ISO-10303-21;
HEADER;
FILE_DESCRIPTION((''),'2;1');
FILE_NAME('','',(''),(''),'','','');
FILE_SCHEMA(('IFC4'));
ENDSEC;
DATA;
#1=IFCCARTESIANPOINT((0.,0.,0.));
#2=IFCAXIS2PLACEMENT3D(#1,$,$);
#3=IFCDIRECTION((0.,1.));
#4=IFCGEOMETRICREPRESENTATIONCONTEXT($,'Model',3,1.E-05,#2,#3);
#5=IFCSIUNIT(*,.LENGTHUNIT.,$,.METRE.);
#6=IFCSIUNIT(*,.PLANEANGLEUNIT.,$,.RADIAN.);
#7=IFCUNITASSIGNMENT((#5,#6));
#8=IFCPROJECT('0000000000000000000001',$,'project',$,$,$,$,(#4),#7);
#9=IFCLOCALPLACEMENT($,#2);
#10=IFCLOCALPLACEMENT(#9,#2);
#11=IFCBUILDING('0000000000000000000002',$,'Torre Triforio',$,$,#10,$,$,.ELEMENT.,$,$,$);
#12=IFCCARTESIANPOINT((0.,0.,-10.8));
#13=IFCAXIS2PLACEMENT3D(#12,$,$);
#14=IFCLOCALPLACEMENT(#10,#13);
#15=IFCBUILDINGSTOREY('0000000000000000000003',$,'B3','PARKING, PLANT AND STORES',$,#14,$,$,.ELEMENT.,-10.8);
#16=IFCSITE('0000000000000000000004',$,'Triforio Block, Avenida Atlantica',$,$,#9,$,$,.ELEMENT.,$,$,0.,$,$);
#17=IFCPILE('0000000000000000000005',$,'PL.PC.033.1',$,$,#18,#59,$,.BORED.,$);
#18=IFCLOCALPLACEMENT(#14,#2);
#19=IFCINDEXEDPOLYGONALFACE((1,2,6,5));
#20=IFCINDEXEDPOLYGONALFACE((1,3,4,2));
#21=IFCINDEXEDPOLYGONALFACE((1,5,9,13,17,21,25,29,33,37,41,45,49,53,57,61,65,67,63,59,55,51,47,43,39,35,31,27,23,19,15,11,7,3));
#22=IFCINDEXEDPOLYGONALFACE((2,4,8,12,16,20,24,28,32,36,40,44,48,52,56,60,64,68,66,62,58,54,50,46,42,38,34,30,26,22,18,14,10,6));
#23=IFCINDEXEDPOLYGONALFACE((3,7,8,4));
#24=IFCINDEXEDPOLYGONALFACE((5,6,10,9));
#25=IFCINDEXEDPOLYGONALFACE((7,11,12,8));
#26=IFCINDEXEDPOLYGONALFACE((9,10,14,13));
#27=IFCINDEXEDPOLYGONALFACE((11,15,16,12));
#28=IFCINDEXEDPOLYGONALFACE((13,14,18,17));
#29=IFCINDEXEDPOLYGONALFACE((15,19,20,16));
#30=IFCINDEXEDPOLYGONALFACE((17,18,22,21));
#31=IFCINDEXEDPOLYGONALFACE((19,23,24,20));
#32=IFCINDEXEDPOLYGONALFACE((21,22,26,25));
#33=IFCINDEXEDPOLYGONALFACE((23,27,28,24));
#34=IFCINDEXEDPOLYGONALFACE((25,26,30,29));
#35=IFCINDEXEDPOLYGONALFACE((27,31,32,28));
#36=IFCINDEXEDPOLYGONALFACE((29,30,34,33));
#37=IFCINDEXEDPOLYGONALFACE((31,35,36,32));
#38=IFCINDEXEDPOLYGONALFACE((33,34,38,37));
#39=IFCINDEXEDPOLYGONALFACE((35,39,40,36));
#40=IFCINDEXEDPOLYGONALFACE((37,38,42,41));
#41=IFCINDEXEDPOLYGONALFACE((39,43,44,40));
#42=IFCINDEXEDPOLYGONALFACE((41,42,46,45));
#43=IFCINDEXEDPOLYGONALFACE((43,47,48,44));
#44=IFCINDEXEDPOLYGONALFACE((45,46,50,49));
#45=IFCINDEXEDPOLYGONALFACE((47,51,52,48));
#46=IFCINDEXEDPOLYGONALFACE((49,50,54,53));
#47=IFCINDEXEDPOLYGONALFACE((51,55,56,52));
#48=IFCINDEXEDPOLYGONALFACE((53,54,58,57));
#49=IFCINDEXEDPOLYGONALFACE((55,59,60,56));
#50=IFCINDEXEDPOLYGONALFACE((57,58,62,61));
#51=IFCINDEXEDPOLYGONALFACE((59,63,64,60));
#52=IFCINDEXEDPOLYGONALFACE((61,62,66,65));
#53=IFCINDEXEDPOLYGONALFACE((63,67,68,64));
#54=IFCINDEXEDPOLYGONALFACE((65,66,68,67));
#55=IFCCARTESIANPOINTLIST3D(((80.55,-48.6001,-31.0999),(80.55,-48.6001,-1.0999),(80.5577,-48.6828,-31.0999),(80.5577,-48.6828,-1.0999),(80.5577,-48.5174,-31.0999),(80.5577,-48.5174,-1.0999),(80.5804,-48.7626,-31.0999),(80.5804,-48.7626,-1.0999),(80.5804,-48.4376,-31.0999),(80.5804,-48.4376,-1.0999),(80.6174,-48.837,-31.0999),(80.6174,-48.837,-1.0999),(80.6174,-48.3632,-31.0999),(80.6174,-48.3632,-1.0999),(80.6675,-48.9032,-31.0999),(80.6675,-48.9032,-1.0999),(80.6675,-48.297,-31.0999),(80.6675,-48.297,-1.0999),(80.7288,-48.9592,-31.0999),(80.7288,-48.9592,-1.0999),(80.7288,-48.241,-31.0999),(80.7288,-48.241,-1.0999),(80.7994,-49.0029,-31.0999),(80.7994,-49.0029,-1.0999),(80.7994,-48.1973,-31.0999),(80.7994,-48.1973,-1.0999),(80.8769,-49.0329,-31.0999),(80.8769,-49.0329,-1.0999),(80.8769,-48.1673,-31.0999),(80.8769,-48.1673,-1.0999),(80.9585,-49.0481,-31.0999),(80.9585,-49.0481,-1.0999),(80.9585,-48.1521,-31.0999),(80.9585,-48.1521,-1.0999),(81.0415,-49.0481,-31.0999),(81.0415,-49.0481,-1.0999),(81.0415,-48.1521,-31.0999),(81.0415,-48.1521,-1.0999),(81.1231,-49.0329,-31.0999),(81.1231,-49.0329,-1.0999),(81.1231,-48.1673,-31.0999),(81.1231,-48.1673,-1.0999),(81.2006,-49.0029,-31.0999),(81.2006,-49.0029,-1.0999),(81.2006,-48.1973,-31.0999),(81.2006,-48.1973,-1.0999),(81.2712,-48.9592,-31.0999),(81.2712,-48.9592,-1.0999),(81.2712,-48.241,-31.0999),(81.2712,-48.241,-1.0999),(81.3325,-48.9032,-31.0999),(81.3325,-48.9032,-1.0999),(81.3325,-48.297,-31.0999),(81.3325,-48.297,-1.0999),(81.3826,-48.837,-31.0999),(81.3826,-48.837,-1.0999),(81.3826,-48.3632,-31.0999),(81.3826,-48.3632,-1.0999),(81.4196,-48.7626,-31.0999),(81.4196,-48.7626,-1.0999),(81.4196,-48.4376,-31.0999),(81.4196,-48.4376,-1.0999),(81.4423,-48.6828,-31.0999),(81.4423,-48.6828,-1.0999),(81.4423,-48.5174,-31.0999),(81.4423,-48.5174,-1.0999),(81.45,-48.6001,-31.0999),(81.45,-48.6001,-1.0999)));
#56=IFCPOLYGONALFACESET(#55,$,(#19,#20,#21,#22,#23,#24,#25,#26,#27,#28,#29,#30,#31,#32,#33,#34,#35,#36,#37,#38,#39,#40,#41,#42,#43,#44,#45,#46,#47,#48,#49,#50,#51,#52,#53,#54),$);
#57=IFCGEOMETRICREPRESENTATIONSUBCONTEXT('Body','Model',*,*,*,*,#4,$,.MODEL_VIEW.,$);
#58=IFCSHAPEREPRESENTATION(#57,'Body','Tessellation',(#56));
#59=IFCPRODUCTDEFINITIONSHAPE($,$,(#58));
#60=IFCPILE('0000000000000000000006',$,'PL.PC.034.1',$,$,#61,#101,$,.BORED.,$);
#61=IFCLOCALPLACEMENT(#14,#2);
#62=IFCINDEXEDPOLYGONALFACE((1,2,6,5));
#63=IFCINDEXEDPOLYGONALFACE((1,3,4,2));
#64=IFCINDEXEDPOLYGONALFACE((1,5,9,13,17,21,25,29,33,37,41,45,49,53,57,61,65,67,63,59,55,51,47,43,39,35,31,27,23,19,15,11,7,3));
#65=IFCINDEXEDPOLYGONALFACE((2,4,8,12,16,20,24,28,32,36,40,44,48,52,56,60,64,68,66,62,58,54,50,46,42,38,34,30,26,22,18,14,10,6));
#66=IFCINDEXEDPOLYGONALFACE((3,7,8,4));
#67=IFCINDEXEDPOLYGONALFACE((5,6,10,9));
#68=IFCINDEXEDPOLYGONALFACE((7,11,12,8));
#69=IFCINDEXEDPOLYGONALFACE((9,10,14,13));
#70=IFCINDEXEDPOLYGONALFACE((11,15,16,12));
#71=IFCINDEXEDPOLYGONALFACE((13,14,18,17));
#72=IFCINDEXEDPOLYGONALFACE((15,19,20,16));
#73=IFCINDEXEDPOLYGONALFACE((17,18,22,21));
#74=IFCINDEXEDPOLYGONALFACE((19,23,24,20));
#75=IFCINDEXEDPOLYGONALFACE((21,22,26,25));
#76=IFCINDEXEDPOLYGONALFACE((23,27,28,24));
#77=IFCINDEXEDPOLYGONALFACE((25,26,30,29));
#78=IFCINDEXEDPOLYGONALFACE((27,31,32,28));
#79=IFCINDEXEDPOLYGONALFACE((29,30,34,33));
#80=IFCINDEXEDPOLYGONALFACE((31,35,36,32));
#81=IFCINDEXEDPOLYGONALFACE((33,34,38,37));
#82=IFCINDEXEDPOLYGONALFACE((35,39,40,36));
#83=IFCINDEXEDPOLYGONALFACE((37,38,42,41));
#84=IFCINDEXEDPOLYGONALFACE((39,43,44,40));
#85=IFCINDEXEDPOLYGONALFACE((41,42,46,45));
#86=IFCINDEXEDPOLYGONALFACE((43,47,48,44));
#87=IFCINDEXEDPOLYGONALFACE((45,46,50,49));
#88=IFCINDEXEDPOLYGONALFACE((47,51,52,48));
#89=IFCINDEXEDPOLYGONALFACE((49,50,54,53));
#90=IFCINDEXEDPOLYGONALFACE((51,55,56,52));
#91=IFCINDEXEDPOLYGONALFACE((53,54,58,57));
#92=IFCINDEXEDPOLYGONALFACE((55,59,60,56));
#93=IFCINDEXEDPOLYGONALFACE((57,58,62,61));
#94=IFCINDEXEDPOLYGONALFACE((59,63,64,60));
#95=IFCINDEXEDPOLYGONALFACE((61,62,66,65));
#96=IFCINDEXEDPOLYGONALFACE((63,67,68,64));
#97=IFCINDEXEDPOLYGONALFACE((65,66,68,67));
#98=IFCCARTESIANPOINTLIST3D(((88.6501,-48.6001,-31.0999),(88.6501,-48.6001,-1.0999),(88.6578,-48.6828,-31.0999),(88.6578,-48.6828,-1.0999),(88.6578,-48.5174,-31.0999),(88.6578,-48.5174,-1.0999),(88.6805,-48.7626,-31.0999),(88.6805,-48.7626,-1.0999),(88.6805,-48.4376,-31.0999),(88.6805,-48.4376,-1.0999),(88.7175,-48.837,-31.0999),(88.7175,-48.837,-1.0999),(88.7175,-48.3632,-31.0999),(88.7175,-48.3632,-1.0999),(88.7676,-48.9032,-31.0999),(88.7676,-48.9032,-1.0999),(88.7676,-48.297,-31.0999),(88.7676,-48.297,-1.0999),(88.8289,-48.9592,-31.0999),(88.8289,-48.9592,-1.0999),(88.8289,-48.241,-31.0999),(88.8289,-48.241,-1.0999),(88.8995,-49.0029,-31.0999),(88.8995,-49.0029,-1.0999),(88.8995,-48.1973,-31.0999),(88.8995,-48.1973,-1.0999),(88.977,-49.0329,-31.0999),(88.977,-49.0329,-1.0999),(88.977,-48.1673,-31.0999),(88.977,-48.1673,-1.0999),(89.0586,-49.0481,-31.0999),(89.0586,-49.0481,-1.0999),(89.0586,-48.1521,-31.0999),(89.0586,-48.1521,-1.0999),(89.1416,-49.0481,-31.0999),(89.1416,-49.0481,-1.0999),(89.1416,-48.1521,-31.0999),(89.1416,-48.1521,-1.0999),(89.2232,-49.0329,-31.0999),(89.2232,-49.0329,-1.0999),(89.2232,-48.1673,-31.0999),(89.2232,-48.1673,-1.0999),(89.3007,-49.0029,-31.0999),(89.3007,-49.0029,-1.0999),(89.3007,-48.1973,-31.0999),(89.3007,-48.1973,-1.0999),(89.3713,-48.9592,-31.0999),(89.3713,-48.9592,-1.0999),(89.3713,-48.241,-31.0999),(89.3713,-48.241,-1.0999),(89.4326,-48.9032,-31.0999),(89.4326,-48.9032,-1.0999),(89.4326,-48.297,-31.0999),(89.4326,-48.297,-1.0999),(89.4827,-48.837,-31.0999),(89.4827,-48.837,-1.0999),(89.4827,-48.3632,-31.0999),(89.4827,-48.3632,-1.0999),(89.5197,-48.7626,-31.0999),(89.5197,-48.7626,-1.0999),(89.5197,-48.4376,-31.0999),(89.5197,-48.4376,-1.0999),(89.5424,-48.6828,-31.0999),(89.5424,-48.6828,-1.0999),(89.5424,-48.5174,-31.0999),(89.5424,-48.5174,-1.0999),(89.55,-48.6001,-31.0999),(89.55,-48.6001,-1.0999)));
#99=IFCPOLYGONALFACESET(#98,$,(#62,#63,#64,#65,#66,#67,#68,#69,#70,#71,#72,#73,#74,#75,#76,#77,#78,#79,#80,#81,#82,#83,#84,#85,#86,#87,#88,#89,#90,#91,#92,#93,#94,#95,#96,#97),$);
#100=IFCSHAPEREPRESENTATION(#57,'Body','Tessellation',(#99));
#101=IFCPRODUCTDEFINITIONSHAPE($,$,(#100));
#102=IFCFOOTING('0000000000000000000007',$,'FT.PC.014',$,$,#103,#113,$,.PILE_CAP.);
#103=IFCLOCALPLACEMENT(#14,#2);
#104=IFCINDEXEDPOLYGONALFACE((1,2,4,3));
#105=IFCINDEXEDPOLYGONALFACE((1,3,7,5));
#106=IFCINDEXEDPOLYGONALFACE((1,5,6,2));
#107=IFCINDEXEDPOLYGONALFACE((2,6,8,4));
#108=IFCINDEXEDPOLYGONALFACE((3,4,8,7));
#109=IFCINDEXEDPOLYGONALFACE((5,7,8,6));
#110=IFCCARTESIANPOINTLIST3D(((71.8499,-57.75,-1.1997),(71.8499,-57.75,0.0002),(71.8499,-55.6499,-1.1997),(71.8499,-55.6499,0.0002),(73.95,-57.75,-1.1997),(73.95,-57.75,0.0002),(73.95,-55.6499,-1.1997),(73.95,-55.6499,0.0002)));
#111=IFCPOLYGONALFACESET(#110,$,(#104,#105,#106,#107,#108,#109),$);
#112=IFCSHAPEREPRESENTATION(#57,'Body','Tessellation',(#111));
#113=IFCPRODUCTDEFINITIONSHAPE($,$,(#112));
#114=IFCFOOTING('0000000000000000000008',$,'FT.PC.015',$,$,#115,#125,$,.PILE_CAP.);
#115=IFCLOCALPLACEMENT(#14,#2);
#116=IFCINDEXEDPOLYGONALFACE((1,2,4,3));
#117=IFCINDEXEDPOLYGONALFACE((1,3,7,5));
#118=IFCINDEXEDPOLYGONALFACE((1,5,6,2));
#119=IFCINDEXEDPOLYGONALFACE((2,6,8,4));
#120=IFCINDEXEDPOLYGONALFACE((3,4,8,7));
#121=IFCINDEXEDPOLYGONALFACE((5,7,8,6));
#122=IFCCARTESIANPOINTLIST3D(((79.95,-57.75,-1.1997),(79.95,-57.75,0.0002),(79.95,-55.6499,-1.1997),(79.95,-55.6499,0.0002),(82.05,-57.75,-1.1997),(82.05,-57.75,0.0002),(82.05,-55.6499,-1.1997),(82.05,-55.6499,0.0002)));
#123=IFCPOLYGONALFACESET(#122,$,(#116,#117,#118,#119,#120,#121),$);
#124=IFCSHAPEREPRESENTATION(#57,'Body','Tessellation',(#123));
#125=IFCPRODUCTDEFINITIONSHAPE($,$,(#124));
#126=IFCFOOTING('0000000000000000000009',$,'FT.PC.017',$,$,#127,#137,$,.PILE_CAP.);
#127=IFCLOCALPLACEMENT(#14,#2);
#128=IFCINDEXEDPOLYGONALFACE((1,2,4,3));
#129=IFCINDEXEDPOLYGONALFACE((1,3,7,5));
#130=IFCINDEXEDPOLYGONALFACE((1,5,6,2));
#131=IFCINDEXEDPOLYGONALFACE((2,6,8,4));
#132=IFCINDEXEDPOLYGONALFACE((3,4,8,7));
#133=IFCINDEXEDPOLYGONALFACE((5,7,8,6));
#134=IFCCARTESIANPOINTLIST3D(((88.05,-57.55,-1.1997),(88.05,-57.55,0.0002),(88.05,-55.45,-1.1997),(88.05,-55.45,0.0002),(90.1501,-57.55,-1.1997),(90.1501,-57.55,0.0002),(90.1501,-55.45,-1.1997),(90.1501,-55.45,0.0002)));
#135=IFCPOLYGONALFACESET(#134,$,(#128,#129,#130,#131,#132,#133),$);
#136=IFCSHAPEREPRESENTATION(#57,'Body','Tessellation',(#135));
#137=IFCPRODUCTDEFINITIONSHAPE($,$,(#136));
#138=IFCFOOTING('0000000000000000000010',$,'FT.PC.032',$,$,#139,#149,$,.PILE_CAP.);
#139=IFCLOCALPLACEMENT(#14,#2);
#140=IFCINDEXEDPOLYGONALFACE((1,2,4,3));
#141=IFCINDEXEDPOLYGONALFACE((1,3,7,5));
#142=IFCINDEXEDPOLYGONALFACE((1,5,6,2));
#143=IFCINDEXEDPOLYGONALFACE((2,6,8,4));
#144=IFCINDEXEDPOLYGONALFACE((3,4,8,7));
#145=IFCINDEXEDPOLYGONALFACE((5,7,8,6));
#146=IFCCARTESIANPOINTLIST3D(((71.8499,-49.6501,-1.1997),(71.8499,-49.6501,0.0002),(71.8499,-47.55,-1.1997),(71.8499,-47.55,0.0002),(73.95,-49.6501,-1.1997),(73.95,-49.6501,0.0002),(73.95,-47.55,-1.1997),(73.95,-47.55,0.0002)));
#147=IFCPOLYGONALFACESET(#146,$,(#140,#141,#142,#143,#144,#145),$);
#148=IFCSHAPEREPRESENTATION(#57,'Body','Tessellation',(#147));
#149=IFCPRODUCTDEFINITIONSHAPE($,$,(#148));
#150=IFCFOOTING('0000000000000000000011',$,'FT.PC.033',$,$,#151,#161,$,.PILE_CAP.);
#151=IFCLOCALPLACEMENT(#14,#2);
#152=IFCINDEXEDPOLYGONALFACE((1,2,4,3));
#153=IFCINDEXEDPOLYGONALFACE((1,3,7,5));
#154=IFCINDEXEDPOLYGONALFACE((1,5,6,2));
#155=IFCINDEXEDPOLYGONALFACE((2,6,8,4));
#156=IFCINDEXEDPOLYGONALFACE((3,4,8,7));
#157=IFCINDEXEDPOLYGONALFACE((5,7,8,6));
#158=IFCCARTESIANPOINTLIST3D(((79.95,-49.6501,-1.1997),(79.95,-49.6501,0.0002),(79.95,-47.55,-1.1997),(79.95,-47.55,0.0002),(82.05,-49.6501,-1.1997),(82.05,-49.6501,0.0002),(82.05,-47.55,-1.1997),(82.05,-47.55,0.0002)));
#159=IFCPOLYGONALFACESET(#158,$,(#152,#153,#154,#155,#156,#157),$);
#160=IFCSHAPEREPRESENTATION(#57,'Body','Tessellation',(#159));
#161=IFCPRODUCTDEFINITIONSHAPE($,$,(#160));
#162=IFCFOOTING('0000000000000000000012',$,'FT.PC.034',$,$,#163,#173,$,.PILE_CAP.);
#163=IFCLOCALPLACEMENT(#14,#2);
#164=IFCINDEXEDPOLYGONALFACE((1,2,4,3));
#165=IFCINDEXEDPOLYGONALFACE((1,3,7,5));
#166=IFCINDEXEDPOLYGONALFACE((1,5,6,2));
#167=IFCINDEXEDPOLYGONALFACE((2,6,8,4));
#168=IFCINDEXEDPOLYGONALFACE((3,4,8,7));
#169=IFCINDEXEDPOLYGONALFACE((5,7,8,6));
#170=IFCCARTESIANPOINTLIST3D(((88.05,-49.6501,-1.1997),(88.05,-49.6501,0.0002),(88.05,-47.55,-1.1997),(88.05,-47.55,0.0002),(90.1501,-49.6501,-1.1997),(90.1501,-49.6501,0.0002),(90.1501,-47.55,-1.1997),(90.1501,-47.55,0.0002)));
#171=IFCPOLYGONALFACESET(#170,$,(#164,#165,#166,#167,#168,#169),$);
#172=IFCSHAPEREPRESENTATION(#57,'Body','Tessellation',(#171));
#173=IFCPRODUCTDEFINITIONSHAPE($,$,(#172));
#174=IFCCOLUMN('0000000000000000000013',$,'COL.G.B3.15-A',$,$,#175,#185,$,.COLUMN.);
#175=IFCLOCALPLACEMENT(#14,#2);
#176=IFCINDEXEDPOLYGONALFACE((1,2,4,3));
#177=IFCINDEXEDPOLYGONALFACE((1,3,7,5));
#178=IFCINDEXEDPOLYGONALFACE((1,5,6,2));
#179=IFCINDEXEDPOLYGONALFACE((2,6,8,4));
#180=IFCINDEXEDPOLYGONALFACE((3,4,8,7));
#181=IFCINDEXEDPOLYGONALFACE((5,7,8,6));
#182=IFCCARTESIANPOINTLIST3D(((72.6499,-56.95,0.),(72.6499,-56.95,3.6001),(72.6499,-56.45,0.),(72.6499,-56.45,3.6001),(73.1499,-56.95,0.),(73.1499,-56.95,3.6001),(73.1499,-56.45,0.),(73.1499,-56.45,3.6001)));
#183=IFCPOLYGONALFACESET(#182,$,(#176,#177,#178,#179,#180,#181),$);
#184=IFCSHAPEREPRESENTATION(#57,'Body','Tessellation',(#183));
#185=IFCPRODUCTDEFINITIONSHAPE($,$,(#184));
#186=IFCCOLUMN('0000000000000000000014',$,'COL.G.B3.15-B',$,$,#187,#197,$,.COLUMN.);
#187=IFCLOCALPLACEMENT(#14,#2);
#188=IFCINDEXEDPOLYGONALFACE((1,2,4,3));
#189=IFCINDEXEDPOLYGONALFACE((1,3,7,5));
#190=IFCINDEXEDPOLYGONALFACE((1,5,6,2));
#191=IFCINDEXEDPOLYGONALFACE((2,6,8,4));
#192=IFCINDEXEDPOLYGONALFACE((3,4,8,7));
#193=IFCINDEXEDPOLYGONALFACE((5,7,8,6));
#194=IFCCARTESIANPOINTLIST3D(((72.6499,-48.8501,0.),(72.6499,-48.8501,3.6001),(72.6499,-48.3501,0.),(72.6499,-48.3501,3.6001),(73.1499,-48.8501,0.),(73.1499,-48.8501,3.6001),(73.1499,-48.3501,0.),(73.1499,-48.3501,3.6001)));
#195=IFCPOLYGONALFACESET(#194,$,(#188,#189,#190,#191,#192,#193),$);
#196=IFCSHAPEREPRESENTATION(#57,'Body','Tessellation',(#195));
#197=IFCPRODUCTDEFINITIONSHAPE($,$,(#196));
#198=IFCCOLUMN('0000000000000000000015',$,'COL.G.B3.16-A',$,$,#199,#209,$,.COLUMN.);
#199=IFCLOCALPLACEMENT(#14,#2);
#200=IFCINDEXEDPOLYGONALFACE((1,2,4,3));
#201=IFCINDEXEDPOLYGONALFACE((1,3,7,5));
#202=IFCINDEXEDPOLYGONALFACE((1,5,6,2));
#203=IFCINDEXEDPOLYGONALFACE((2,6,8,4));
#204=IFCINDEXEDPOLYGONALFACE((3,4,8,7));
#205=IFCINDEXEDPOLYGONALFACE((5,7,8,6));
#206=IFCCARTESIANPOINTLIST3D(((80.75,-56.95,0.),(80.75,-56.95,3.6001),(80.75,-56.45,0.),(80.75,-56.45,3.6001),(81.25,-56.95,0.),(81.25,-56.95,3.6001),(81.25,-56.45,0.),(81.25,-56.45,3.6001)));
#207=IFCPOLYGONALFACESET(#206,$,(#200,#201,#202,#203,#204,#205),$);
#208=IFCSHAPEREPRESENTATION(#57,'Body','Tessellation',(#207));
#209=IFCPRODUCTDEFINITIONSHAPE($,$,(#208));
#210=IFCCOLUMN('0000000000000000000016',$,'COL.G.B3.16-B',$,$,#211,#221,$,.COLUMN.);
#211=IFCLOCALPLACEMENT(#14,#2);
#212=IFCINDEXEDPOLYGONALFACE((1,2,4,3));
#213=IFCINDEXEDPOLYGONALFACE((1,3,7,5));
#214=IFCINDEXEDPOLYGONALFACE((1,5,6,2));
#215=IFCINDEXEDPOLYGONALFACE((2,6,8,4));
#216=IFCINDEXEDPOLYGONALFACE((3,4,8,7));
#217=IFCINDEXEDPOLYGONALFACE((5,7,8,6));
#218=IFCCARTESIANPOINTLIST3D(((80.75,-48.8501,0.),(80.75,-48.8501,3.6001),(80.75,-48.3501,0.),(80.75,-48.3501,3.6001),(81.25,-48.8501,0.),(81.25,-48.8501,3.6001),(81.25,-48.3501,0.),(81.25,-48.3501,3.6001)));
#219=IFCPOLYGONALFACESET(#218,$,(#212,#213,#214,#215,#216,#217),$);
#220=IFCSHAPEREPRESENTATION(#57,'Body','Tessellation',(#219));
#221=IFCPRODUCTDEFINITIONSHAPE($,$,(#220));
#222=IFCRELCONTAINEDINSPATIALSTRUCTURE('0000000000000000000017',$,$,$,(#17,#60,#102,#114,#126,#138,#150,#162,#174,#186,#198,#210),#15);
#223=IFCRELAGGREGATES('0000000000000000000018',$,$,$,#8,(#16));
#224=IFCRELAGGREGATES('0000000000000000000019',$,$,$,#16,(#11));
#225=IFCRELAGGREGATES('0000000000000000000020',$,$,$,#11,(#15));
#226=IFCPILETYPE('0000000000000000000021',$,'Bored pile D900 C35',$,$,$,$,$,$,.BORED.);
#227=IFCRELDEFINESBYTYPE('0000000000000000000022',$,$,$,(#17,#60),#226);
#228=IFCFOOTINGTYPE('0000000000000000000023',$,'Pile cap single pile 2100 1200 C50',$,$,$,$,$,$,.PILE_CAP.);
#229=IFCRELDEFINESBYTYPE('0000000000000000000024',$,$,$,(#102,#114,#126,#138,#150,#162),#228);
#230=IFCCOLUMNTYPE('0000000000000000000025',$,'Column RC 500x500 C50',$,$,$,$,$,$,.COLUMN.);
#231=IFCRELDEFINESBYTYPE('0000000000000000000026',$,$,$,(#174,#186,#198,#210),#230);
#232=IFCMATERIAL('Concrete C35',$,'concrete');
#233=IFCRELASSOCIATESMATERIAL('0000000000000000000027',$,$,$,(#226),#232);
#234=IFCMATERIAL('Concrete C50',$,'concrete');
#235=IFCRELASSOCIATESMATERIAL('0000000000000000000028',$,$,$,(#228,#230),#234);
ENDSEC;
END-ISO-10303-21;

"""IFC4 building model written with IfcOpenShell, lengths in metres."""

from ifc_helpers import new_model, si_unit, direction, frame, origin, origin_2d, place, context, subcontext, project, spatial, rectangle, circle, extrude, material, material_profile, profile_set, type_object, element, save


model = new_model("IFC4")

# Units and contexts
model_context = context("Model", 3, precision=1e-05, world=origin(), true_north=direction((0.0, 1.0)))
body_context = subcontext(model_context, "Body", "Model", "MODEL_VIEW")
ifc_project = project(units=[si_unit("LENGTHUNIT", "METRE"), si_unit("PLANEANGLEUNIT", "RADIAN")], contexts=[model_context])

# Site, building, storey
site_placement = place(None, origin())
site = spatial("IfcSite", under=ifc_project, at=site_placement, Name="Triforio Block, Avenida Atlantica", CompositionType="ELEMENT", RefElevation=0.0)
building_placement = place(site_placement, origin())
building = spatial("IfcBuilding", under=site, at=building_placement, Name="Torre Triforio", CompositionType="ELEMENT")
storey_placement = place(building_placement, frame((0.0, 0.0, -10.8)))
storey = spatial("IfcBuildingStorey", under=building, at=storey_placement, Name="B3", Description="PARKING, PLANT AND STORES", CompositionType="ELEMENT", Elevation=-10.8)

# Piles
ifc_material_1 = material(Name="Concrete C35", Category="concrete")
ifc_material_profile_1 = material_profile(ifc_material_1, circle(Radius=0.45, at=origin_2d()), Name="RC D900")
ifc_profile_set_1 = profile_set([ifc_material_profile_1], Name="Concrete C35")
pile_type = type_object("IfcPileType", Name="Bored pile D900 C35", PredefinedType="BORED", material=ifc_profile_set_1)
for number, where, z_axis, x_axis, name in (
    (1, (81.0, -48.6001, -1.0999), (0.0, 0.0, -1.0), (1.0, 0.0, 0.0), "PL.PC.033.1"),
    (2, (89.1001, -48.6001, -1.0999), (0.0, 0.0, -1.0), (1.0, 0.0, 0.0), "PL.PC.034.1"),
):
    element("IfcPile", number, at=place(storey_placement, frame(where, z_axis=z_axis, x_axis=x_axis)), inside=storey, type_object=pile_type, Name=name, PredefinedType="BORED", context=body_context, shape_type="SweptSolid", body=[
        extrude(circle(Radius=0.45, at=origin_2d()), origin(), (0.0, 0.0, 1.0), 30.0),
    ])

# Footings
ifc_material_2 = material(Name="Concrete C50", Category="concrete")
footing_type = type_object("IfcFootingType", Name="Pile cap single pile 2100 1200 C50", PredefinedType="PILE_CAP", material=ifc_material_2)
for number, where, z_axis, x_axis, name in (
    (3, (72.8999, -56.7, -1.1997), (0.0, 0.0, 1.0), (1.0, 0.0, 0.0), "FT.PC.014"),
    (4, (81.0, -56.7, -1.1997), (0.0, 0.0, 1.0), (1.0, 0.0, 0.0), "FT.PC.015"),
    (5, (89.1001, -56.5, -1.1997), (0.0, 0.0, 1.0), (1.0, 0.0, 0.0), "FT.PC.017"),
    (6, (72.8999, -48.6001, -1.1997), (0.0, 0.0, 1.0), (1.0, 0.0, 0.0), "FT.PC.032"),
    (7, (81.0, -48.6001, -1.1997), (0.0, 0.0, 1.0), (1.0, 0.0, 0.0), "FT.PC.033"),
    (8, (89.1001, -48.6001, -1.1997), (0.0, 0.0, 1.0), (1.0, 0.0, 0.0), "FT.PC.034"),
):
    element("IfcFooting", number, at=place(storey_placement, frame(where, z_axis=z_axis, x_axis=x_axis)), inside=storey, type_object=footing_type, Name=name, PredefinedType="PILE_CAP", context=body_context, shape_type="SweptSolid", body=[
        extrude(rectangle(XDim=2.1001, YDim=2.1001, at=origin_2d()), origin(), (0.0, 0.0, 1.0), 1.2),
    ])

# Columns
ifc_material_profile_2 = material_profile(ifc_material_2, rectangle(XDim=0.5, YDim=0.5, at=origin_2d()), Name="RC 500x500")
ifc_profile_set_2 = profile_set([ifc_material_profile_2], Name="Concrete C50")
column_type = type_object("IfcColumnType", Name="Column RC 500x500 C50", PredefinedType="COLUMN", material=ifc_profile_set_2)
for number, where, z_axis, x_axis, name in (
    (9, (72.8999, -56.7, 0.0), (0.0, 0.0, 1.0), (1.0, 0.0, 0.0), "COL.G.B3.15-A"),
    (10, (72.8999, -48.6001, 0.0), (0.0, 0.0, 1.0), (1.0, 0.0, 0.0), "COL.G.B3.15-B"),
    (11, (81.0, -56.7, 0.0), (0.0, 0.0, 1.0), (1.0, 0.0, 0.0), "COL.G.B3.16-A"),
    (12, (81.0, -48.6001, 0.0), (0.0, 0.0, 1.0), (1.0, 0.0, 0.0), "COL.G.B3.16-B"),
):
    element("IfcColumn", number, at=place(storey_placement, frame(where, z_axis=z_axis, x_axis=x_axis)), inside=storey, type_object=column_type, Name=name, PredefinedType="COLUMN", context=body_context, shape_type="SweptSolid", body=[
        extrude(rectangle(XDim=0.5, YDim=0.5, at=origin_2d()), origin(), (0.0, 0.0, 1.0), 3.6001),
    ])

save(model, "model.ifc")
